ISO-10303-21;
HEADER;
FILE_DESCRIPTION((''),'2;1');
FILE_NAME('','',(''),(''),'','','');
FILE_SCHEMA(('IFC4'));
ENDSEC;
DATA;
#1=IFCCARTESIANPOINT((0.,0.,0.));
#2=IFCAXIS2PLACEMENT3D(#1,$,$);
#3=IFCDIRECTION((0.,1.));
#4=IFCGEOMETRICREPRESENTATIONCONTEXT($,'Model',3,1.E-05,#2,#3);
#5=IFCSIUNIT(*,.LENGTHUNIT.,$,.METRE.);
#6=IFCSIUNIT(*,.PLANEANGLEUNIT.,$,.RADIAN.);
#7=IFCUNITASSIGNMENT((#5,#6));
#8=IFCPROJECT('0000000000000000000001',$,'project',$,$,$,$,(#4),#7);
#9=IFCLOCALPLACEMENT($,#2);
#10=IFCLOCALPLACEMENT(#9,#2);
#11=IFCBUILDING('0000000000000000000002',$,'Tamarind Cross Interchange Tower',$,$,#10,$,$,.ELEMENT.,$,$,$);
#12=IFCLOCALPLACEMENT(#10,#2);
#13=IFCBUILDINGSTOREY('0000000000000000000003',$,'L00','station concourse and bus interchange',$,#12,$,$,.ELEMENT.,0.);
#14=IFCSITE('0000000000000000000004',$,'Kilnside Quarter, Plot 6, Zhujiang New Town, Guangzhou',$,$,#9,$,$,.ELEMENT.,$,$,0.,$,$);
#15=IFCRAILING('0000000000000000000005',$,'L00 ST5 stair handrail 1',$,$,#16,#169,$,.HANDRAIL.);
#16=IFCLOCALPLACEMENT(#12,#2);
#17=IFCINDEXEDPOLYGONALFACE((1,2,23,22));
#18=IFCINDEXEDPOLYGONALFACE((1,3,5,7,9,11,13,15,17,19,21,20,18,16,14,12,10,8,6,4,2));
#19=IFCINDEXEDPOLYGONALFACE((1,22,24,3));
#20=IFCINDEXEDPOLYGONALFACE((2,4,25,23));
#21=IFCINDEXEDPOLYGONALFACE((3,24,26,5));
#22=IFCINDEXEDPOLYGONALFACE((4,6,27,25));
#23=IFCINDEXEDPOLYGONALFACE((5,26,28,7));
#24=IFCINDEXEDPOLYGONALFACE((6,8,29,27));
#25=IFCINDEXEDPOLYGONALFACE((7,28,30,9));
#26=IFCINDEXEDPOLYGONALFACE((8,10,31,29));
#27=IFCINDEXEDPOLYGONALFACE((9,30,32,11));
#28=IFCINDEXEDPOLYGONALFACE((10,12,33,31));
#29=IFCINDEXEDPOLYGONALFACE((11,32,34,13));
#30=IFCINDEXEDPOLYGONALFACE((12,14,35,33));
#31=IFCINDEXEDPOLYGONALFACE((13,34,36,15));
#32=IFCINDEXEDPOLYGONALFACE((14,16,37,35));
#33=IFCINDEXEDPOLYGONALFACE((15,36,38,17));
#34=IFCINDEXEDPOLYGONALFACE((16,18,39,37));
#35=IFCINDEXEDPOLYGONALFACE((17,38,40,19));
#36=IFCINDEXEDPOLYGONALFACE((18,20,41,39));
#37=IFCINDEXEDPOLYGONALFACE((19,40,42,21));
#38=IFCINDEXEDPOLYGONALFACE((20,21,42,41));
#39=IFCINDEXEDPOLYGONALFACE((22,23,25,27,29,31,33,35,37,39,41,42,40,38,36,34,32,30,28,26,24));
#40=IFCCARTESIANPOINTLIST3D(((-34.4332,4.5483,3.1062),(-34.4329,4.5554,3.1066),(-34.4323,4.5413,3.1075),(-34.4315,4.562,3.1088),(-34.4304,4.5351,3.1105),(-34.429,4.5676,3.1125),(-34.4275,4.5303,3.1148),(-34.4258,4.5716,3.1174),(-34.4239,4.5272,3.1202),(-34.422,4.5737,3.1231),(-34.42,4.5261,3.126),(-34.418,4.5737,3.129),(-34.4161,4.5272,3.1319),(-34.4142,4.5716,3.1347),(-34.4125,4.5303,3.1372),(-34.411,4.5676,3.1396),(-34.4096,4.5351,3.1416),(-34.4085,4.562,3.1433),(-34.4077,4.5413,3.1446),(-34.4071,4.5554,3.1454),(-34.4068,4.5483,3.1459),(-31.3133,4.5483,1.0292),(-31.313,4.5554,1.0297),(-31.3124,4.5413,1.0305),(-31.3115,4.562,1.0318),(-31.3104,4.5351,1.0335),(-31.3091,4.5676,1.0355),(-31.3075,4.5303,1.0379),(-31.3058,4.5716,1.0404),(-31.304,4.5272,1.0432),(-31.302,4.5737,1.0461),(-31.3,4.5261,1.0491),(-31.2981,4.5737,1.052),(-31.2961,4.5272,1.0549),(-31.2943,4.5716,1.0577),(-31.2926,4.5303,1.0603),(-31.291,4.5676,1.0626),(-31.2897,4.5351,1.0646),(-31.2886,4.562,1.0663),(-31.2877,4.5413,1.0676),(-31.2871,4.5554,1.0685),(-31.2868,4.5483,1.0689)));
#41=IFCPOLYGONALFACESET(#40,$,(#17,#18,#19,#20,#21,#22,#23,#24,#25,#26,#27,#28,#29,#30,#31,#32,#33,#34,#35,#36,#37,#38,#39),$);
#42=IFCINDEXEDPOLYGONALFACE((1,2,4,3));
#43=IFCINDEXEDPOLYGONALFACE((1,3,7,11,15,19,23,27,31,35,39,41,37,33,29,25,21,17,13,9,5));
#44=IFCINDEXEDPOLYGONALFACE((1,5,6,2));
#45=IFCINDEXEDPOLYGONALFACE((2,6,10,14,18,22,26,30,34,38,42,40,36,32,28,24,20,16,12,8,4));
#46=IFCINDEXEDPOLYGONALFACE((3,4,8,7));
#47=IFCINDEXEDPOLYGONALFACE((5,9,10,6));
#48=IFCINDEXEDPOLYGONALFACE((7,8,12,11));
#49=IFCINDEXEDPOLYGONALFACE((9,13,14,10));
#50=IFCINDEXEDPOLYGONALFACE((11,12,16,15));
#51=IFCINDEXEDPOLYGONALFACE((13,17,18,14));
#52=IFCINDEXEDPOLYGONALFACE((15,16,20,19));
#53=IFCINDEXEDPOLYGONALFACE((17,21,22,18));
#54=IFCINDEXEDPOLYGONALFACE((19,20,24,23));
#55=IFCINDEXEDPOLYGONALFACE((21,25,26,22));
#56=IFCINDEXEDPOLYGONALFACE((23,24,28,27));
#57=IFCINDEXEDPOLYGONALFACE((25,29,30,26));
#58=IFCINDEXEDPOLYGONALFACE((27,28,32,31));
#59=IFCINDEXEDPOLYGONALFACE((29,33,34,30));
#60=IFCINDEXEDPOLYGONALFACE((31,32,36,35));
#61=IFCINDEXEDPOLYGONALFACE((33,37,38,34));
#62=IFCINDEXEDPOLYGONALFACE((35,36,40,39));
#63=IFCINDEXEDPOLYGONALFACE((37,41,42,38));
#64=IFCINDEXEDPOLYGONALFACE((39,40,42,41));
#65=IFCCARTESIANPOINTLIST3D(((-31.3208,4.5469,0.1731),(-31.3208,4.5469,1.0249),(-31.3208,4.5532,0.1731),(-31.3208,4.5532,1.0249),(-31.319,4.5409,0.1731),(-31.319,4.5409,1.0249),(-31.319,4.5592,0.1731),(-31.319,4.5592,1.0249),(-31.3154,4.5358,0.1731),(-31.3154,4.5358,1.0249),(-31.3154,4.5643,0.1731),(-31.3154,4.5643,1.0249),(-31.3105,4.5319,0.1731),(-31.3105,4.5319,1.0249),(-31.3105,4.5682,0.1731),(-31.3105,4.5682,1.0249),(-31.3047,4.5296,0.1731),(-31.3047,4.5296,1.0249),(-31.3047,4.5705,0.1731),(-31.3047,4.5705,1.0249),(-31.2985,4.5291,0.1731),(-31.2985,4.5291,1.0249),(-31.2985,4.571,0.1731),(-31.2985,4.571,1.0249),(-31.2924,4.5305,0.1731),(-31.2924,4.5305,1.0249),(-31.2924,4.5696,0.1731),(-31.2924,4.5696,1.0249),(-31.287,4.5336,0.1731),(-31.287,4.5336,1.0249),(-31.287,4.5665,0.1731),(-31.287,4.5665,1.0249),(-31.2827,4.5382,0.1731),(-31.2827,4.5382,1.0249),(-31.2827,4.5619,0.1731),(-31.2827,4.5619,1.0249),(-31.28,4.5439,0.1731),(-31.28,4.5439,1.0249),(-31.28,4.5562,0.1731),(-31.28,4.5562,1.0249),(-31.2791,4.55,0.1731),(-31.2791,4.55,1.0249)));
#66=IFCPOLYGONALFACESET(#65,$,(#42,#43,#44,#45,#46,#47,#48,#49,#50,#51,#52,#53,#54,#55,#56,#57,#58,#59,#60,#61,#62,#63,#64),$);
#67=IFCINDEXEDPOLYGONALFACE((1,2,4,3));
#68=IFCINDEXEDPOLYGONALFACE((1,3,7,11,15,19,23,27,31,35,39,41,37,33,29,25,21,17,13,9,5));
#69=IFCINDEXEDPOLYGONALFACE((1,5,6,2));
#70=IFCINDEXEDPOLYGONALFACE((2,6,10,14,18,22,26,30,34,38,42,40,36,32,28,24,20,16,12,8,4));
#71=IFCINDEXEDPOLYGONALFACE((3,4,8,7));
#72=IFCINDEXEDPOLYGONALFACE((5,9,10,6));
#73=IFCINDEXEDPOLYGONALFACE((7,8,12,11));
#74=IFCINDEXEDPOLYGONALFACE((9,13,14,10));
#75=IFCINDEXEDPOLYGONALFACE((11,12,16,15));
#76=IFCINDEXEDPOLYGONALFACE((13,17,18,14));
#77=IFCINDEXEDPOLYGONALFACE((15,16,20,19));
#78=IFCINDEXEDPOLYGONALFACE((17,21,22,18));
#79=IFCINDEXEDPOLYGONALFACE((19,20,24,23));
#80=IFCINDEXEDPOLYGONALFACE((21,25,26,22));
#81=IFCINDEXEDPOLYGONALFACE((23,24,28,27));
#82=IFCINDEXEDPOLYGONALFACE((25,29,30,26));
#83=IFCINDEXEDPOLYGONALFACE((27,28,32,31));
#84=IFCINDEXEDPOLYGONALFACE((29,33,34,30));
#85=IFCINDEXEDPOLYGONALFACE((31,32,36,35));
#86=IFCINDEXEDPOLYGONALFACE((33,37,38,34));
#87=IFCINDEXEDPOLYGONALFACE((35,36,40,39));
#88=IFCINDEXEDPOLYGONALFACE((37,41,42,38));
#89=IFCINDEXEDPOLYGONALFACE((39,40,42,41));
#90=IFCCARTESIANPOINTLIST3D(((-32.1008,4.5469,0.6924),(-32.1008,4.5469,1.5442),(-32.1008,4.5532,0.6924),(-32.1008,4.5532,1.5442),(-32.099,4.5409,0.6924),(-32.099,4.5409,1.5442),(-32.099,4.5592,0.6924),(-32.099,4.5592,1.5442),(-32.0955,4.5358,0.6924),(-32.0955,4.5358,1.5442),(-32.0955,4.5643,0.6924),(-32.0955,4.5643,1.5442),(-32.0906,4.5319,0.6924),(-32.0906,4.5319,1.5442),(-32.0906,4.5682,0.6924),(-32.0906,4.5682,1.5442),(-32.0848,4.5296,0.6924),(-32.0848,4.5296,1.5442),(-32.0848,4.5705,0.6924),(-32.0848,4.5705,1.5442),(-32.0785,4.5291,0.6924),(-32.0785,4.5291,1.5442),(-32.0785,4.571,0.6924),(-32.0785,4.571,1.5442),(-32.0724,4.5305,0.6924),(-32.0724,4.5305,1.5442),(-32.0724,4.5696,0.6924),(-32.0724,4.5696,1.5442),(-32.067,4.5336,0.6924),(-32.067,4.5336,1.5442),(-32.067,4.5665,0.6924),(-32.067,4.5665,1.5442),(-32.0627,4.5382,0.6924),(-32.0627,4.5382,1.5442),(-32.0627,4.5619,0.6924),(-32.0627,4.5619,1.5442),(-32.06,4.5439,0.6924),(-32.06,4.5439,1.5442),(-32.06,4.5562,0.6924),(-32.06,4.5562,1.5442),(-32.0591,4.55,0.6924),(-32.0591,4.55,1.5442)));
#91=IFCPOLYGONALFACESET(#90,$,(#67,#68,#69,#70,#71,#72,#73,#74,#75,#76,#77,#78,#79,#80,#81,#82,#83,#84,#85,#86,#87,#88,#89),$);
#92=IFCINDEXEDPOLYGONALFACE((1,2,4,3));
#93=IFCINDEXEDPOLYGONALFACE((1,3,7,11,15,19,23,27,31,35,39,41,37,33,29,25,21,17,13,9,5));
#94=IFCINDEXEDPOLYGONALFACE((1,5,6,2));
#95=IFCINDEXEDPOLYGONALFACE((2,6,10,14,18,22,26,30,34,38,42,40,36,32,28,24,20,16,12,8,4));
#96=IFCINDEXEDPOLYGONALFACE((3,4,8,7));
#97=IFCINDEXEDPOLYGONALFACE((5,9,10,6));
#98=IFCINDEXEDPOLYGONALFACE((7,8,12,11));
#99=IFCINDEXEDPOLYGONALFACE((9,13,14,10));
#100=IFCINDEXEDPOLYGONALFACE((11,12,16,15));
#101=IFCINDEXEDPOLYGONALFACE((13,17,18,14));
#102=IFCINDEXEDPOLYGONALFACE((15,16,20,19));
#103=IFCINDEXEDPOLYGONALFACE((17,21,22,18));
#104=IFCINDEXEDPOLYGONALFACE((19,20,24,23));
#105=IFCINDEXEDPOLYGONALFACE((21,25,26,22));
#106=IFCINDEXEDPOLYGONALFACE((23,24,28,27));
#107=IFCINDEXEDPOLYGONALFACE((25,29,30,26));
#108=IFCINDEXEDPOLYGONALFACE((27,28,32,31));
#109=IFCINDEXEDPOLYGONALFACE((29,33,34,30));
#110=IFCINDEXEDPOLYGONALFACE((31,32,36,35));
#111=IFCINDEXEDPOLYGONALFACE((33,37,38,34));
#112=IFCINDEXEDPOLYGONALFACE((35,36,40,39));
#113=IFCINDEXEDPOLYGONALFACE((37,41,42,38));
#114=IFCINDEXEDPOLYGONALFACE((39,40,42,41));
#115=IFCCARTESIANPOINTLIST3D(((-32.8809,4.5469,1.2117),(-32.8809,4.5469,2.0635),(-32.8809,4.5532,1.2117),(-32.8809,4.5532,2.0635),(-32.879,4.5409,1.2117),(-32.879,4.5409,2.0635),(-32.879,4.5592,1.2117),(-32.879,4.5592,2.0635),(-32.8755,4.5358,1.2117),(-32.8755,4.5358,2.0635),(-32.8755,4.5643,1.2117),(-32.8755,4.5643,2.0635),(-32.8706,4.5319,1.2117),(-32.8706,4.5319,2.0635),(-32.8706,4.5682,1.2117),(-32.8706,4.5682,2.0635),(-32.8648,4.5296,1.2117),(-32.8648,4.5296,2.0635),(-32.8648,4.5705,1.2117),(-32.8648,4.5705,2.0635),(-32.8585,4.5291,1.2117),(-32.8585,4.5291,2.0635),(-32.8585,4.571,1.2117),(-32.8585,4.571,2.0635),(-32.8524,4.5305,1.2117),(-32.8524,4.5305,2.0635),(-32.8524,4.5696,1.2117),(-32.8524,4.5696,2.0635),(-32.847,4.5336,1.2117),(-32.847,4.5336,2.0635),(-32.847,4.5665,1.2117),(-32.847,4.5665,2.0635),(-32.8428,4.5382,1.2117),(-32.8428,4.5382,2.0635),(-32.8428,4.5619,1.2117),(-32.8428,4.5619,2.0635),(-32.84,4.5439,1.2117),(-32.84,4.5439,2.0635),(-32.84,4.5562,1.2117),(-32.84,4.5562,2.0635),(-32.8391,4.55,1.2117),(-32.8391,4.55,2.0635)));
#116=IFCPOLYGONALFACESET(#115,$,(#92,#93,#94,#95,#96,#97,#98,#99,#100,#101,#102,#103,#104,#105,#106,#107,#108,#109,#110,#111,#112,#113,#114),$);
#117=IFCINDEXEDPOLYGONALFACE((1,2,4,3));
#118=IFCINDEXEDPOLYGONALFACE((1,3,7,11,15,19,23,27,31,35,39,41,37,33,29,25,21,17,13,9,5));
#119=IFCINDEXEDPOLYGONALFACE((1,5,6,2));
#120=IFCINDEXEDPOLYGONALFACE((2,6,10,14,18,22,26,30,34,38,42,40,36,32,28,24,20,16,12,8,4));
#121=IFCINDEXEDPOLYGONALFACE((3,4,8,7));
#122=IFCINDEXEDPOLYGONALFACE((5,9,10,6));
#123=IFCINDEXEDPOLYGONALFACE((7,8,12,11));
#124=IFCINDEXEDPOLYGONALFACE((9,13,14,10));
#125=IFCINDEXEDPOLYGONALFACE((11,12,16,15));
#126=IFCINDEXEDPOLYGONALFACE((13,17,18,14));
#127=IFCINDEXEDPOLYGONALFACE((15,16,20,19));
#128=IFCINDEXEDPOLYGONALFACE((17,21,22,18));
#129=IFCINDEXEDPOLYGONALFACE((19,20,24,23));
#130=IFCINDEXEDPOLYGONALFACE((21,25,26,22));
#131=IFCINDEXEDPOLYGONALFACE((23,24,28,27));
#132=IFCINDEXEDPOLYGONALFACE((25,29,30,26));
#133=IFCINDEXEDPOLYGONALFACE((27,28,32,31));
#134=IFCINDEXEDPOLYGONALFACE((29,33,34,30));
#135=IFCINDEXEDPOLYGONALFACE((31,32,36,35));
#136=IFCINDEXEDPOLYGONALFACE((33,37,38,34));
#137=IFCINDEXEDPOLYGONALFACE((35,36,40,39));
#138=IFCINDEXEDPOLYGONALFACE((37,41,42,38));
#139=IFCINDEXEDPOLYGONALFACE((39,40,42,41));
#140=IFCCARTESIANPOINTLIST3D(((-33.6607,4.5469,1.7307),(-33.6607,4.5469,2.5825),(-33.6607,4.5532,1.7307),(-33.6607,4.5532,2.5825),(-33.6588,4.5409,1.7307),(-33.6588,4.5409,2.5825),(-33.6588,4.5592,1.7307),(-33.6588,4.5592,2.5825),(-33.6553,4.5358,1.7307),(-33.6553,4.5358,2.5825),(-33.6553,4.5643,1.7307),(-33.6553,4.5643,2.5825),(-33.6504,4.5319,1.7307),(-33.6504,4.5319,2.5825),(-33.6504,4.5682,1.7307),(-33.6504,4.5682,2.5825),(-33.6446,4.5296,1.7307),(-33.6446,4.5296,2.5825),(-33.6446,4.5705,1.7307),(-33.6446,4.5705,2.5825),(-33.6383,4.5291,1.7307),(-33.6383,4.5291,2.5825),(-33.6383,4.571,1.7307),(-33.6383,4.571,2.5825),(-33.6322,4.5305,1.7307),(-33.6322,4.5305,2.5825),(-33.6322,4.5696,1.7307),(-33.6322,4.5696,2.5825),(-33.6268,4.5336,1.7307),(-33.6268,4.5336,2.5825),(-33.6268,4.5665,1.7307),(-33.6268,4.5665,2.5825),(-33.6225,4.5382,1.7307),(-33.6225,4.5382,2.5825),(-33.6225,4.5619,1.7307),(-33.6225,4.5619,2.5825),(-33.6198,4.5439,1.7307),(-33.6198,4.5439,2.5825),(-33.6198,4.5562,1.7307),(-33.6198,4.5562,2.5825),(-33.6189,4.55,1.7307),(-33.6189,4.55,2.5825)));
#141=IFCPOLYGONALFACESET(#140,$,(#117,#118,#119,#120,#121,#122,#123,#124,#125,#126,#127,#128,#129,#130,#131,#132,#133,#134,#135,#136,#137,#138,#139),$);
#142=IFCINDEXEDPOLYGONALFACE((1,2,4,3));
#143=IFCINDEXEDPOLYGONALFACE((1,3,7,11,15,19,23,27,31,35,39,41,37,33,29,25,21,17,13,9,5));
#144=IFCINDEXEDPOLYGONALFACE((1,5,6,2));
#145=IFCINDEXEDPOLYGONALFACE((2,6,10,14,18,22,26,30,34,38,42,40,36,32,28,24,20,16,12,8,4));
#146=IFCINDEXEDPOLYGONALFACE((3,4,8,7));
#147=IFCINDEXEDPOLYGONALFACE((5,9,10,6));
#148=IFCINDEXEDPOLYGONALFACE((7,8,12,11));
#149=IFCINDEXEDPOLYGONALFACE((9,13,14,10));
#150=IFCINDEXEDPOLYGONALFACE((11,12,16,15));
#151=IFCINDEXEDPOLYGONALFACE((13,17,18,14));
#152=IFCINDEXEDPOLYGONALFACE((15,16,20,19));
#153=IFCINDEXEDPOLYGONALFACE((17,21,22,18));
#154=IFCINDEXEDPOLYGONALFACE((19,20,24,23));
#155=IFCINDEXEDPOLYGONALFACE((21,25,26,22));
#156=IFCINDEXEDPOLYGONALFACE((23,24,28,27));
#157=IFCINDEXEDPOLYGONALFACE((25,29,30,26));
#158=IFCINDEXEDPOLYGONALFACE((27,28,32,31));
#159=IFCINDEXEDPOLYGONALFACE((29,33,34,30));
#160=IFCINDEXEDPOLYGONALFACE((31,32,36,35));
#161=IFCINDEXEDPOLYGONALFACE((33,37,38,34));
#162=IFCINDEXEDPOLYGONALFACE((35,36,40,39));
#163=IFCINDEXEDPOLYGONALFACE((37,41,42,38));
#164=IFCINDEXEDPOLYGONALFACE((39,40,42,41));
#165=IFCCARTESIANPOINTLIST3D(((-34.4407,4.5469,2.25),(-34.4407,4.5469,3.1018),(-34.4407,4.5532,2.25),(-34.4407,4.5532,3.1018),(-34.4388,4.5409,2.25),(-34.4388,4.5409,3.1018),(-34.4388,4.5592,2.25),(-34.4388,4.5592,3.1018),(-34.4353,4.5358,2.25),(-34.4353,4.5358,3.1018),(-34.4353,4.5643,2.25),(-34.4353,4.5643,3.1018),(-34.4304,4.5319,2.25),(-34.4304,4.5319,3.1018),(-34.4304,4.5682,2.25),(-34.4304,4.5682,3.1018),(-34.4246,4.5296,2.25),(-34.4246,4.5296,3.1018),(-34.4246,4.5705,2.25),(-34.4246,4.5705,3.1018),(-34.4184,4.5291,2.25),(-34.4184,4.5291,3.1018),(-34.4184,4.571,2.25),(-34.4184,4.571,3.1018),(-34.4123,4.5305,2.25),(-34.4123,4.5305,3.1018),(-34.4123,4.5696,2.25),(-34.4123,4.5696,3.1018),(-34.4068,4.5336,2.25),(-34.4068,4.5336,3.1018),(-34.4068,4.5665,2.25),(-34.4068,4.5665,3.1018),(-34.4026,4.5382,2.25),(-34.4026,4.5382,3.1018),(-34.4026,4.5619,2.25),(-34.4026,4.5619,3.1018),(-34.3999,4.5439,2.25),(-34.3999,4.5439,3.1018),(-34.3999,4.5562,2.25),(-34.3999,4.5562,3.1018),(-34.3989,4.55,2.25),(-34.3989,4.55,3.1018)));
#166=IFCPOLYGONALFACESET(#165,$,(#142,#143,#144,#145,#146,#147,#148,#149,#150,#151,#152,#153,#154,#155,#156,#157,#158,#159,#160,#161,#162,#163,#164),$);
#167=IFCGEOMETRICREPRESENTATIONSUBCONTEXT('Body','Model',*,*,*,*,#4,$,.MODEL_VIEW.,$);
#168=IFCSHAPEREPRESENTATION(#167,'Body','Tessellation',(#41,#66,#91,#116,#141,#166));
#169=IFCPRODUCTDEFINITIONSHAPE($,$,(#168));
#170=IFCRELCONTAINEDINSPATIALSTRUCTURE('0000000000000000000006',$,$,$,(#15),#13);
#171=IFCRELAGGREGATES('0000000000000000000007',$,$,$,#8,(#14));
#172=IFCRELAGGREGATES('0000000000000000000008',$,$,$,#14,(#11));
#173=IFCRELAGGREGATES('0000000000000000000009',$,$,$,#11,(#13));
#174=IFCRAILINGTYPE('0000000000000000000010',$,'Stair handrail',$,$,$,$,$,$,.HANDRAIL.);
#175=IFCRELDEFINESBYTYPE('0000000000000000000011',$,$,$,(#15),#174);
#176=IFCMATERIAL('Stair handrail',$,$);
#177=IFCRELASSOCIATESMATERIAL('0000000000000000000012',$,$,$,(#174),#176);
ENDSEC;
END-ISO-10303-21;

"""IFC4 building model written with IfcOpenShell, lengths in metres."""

from ifc_helpers import new_model, si_unit, direction, frame, origin, origin_2d, place, context, subcontext, project, spatial, circle, extrude, material, type_object, element, save


model = new_model("IFC4")

# Units and contexts
model_context = context("Model", 3, precision=1e-05, world=origin(), true_north=direction((0.0, 1.0)))
body_context = subcontext(model_context, "Body", "Model", "MODEL_VIEW")
ifc_project = project(units=[si_unit("LENGTHUNIT", "METRE"), si_unit("PLANEANGLEUNIT", "RADIAN")], contexts=[model_context])

# Site, building, storey
site_placement = place(None, origin())
site = spatial("IfcSite", under=ifc_project, at=site_placement, Name="Kilnside Quarter, Plot 6, Zhujiang New Town, Guangzhou", CompositionType="ELEMENT", RefElevation=0.0)
building_placement = place(site_placement, origin())
building = spatial("IfcBuilding", under=site, at=building_placement, Name="Tamarind Cross Interchange Tower", CompositionType="ELEMENT")
storey_placement = place(building_placement, origin())
storey = spatial("IfcBuildingStorey", under=building, at=storey_placement, Name="L00", Description="station concourse and bus interchange", CompositionType="ELEMENT", Elevation=0.0)

# Railing
ifc_material_1 = material(Name="Stair handrail")
railing_type_1 = type_object("IfcRailingType", Name="Stair handrail", PredefinedType="HANDRAIL", material=ifc_material_1)
for number, where, name in (
    (1, (-31.3, 4.55, 0.1731), "L00 ST5 stair handrail 1"),
):
    element("IfcRailing", number, at=place(storey_placement, frame(where)), inside=storey, type_object=railing_type_1, Name=name, PredefinedType="HANDRAIL", context=body_context, shape_type="SweptSolid", body=[
        extrude(circle(Radius=0.0239, at=origin_2d()), frame((0.0, 0.0, 0.876), z_axis=(-0.832421, 0.0, 0.554144), x_axis=(0.0, -1.0, 0.0)), (0.0, 0.0, 1.0), 3.748),
        extrude(circle(Radius=0.021, at=origin_2d()), origin(), (0.0, 0.0, 1.0), 0.8518),
        extrude(circle(Radius=0.021, at=origin_2d()), frame((-0.78, 0.0, 0.5193)), (0.0, 0.0, 1.0), 0.8518),
        extrude(circle(Radius=0.021, at=origin_2d()), frame((-1.5601, 0.0, 1.0386)), (0.0, 0.0, 1.0), 0.8518),
        extrude(circle(Radius=0.021, at=origin_2d()), frame((-2.3398, 0.0, 1.5576)), (0.0, 0.0, 1.0), 0.8518),
        extrude(circle(Radius=0.021, at=origin_2d()), frame((-3.1199, 0.0, 2.0769)), (0.0, 0.0, 1.0), 0.8518),
    ])

save(model, "model.ifc")
